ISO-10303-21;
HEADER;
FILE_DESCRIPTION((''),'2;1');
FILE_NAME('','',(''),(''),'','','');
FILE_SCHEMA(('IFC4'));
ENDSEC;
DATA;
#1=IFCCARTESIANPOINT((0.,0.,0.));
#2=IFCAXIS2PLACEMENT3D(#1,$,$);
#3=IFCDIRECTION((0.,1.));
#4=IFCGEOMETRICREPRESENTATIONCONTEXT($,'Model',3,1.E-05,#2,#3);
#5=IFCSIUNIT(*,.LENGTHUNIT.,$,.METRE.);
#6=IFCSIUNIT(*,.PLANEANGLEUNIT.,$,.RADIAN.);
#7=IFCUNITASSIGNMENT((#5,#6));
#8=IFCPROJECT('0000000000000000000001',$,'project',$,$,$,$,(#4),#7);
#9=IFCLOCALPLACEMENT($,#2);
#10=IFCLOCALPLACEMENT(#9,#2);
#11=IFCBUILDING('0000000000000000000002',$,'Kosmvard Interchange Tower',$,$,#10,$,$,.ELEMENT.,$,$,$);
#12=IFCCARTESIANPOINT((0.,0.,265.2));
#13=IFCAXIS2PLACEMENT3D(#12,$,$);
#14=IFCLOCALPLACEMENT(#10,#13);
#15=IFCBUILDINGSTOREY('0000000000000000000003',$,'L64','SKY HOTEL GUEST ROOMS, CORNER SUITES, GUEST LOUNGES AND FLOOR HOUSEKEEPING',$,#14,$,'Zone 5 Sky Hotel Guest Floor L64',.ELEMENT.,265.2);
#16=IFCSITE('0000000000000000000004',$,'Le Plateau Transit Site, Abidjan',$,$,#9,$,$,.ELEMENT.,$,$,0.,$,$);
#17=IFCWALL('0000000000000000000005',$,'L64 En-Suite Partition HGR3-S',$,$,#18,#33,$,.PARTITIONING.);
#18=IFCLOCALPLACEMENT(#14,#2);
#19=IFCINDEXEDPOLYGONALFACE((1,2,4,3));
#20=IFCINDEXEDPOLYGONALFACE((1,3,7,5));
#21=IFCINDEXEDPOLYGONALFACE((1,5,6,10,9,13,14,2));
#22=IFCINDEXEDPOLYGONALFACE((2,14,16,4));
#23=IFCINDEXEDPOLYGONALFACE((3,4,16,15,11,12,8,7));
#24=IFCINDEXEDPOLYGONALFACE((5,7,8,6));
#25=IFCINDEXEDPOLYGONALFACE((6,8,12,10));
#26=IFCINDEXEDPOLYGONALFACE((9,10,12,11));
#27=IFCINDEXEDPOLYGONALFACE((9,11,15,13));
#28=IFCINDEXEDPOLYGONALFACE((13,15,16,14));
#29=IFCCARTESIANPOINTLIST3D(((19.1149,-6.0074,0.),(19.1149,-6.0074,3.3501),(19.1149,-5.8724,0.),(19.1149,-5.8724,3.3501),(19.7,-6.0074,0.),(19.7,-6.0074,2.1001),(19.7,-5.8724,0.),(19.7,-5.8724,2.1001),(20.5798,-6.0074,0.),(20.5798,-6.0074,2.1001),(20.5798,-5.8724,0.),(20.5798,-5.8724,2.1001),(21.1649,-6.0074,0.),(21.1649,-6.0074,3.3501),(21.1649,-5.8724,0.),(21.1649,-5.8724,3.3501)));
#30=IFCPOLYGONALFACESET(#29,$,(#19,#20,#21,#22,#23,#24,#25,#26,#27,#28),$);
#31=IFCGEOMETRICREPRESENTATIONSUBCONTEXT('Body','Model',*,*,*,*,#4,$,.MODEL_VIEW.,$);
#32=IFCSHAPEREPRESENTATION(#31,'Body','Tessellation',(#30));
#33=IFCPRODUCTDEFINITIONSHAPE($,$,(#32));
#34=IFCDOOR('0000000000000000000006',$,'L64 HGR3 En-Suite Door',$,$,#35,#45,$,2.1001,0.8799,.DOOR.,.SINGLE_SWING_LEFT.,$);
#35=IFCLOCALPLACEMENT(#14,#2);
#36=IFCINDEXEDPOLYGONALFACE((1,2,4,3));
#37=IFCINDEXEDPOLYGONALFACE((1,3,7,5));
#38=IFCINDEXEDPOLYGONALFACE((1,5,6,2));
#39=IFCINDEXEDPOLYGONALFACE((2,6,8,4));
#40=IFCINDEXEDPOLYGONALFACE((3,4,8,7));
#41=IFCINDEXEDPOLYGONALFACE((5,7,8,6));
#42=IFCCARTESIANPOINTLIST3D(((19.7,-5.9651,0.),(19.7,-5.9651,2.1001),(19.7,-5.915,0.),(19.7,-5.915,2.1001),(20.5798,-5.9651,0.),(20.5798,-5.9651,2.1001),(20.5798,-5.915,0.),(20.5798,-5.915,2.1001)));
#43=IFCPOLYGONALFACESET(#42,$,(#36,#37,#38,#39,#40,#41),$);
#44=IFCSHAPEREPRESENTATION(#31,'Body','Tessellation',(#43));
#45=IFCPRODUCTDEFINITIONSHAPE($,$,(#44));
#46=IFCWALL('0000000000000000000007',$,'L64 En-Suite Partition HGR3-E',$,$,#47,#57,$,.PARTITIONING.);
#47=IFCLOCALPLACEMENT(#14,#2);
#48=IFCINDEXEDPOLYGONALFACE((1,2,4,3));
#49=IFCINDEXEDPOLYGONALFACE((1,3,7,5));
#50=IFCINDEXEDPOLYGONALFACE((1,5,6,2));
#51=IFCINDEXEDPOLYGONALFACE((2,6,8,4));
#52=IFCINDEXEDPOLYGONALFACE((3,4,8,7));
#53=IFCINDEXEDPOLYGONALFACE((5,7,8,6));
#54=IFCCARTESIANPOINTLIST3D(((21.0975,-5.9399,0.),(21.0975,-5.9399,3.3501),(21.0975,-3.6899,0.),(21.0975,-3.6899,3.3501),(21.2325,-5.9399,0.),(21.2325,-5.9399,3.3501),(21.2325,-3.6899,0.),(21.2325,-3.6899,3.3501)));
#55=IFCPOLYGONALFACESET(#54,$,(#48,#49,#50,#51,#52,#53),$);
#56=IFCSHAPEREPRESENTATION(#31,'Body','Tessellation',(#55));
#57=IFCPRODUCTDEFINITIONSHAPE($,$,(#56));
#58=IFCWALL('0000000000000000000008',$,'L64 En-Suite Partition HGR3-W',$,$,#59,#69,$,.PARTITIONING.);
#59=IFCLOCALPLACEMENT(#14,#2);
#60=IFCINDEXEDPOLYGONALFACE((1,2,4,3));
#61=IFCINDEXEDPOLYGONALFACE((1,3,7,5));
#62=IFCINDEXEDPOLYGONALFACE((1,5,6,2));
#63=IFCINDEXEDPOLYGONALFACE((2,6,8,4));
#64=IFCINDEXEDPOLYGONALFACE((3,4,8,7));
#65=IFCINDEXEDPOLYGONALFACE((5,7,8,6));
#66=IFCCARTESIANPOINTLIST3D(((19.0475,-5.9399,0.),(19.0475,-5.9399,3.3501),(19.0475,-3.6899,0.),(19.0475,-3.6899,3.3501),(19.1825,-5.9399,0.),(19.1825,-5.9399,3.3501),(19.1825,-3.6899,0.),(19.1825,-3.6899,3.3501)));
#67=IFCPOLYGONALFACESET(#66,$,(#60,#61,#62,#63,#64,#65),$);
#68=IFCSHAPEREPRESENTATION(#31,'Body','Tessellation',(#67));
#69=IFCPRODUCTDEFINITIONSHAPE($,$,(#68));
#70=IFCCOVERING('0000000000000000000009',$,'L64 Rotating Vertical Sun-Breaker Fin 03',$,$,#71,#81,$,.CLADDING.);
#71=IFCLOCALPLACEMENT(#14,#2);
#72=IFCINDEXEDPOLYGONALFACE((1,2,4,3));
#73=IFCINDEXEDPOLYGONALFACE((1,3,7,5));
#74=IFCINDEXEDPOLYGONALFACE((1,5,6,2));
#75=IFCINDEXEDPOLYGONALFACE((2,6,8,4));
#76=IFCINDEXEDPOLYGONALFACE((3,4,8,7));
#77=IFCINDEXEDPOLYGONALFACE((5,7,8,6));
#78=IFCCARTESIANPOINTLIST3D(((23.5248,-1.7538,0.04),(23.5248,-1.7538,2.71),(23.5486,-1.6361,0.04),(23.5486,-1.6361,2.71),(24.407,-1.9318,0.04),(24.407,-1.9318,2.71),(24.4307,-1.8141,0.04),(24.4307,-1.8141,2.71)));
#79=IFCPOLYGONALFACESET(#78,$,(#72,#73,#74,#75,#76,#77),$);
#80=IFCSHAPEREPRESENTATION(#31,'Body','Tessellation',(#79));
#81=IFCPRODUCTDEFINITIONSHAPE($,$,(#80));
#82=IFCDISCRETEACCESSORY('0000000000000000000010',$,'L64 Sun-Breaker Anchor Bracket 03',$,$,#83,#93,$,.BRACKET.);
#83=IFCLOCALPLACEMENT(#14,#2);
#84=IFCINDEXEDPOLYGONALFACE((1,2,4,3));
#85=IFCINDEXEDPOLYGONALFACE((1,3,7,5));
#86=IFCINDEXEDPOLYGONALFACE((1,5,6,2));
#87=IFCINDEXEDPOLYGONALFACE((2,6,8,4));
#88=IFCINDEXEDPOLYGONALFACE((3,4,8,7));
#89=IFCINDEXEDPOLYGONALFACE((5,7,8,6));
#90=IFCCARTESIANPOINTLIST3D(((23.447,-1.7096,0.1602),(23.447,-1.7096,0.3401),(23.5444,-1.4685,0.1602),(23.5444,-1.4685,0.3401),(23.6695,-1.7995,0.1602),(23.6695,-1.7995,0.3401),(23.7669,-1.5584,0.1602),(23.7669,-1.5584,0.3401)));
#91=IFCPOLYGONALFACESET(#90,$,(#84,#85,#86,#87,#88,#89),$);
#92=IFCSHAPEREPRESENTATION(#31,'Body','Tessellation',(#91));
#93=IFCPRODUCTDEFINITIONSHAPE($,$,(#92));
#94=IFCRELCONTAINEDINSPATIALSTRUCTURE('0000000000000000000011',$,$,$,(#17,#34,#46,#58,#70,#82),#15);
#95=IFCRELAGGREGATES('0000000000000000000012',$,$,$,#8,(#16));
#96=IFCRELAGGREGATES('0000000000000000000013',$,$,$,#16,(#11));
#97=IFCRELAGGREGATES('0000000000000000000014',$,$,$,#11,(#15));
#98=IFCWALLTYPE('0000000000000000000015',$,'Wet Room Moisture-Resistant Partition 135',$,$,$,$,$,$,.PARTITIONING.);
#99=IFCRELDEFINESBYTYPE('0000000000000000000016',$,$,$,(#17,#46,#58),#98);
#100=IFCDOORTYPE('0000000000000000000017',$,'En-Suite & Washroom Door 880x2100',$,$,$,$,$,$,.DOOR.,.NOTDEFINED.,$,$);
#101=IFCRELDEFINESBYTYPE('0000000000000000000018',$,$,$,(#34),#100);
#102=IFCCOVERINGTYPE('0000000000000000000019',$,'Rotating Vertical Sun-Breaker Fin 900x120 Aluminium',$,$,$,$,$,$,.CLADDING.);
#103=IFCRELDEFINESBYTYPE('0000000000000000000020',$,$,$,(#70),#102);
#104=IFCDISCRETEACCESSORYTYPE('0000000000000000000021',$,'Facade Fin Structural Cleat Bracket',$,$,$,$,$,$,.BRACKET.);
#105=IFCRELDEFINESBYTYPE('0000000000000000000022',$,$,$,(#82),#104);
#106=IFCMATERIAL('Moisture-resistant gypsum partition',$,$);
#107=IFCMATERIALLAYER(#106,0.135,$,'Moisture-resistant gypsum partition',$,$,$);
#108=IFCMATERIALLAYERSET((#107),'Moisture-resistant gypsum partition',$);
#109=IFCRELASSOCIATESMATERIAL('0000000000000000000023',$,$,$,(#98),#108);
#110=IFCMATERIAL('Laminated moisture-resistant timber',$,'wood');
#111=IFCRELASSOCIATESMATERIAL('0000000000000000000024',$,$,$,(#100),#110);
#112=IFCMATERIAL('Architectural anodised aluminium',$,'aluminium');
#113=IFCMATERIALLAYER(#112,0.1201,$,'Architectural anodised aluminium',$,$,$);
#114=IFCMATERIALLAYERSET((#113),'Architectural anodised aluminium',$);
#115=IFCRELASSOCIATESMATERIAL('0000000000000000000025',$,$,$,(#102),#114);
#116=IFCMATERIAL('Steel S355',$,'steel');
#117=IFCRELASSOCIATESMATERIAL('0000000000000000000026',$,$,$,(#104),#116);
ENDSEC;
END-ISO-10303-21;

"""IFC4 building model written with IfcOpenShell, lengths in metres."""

from ifc_helpers import new_model, si_unit, direction, frame, frame_2d, origin, origin_2d, place, context, subcontext, project, spatial, rectangle, extrude, source, transform, mapped, material, layer, layer_set, type_object, element, fill, save


model = new_model("IFC4")

# Units and contexts
model_context = context("Model", 3, precision=1e-05, world=origin(), true_north=direction((0.0, 1.0)))
body_context = subcontext(model_context, "Body", "Model", "MODEL_VIEW")
ifc_project = project(units=[si_unit("LENGTHUNIT", "METRE"), si_unit("PLANEANGLEUNIT", "RADIAN")], contexts=[model_context])

# Site, building, storey
site_placement = place(None, origin())
site = spatial("IfcSite", under=ifc_project, at=site_placement, Name="Le Plateau Transit Site, Abidjan", CompositionType="ELEMENT", RefElevation=0.0)
building_placement = place(site_placement, origin())
building = spatial("IfcBuilding", under=site, at=building_placement, Name="Kosmvard Interchange Tower", CompositionType="ELEMENT")
storey_placement = place(building_placement, frame((0.0, 0.0, 265.2)))
storey = spatial("IfcBuildingStorey", under=building, at=storey_placement, Name="L64", Description="SKY HOTEL GUEST ROOMS, CORNER SUITES, GUEST LOUNGES AND FLOOR HOUSEKEEPING", LongName="Zone 5 Sky Hotel Guest Floor L64", CompositionType="ELEMENT", Elevation=265.2)

# Shared definitions
ifc_material_1 = material(Name="Steel S355", Category="steel")

# Wall, opening, door
ifc_material_2 = material(Name="Moisture-resistant gypsum partition")
ifc_layer_1 = layer(ifc_material_2, 0.135, Name="Moisture-resistant gypsum partition")
ifc_layer_set_1 = layer_set([ifc_layer_1], Name="Moisture-resistant gypsum partition")
wall_type_1 = type_object("IfcWallType", Name="Wet Room Moisture-Resistant Partition 135", PredefinedType="PARTITIONING", material=ifc_layer_set_1)
ifc_material_3 = material(Name="Laminated moisture-resistant timber", Category="wood")
door_type_1 = type_object("IfcDoorType", Name="En-Suite & Washroom Door 880x2100", OperationType="NOTDEFINED", PredefinedType="DOOR", material=ifc_material_3)
shared_shape_1 = source(origin(), body_context, "Body", "SweptSolid", [
    extrude(rectangle(XDim=0.8799, YDim=2.1001, at=frame_2d((0.4399, 1.05))), frame((0.0, 0.0249, 0.0), z_axis=(0.0, -1.0, 0.0), x_axis=(1.0, 0.0, 0.0)), (0.0, 0.0, 1.0), 0.05),
])
wall_1_placement = place(storey_placement, frame((19.115, -5.9399, 0.0), z_axis=(0.0, 0.0, 1.0), x_axis=(1.0, 0.0, 0.0)))
wall_1 = element("IfcWall", 1, at=wall_1_placement, inside=storey, type_object=wall_type_1, Name="L64 En-Suite Partition HGR3-S", PredefinedType="PARTITIONING", context=body_context, shape_type="SweptSolid", body=[
    extrude(rectangle(XDim=2.05, YDim=0.135, at=frame_2d((1.0249, 0.0))), origin(), (0.0, 0.0, 1.0), 3.3501),
])
opening_1_placement = place(wall_1_placement, frame((0.585, 0.0, 0.0)))
opening_1 = element("IfcOpeningElement", 2, at=opening_1_placement, cuts=wall_1, PredefinedType="OPENING", context=body_context, shape_type="SweptSolid", body=[
    extrude(rectangle(XDim=0.8799, YDim=2.1001, at=frame_2d((0.4399, 1.05))), frame((0.0, 0.0776, 0.0), z_axis=(0.0, -1.0, 0.0), x_axis=(1.0, 0.0, 0.0)), (0.0, 0.0, 1.0), 0.155),
])
door_1_placement = place(opening_1_placement, origin())
door_1 = element("IfcDoor", 3, at=door_1_placement, inside=storey, type_object=door_type_1, Name="L64 HGR3 En-Suite Door", OperationType="SINGLE_SWING_LEFT", OverallHeight=2.1001, OverallWidth=0.8799, PredefinedType="DOOR", context=body_context, shape_type="MappedRepresentation", body=[
    mapped(shared_shape_1, transform((0.0, 0.0, 0.0), scale=1.0)),
])
fill(opening_1, door_1)

# Walls
for number, where, z_axis, x_axis, name in (
    (4, (21.165, -5.9399, 0.0), (0.0, 0.0, 1.0), (0.0, 1.0, 0.0), "L64 En-Suite Partition HGR3-E"),
    (5, (19.115, -5.9399, 0.0), (0.0, 0.0, 1.0), (0.0, 1.0, 0.0), "L64 En-Suite Partition HGR3-W"),
):
    element("IfcWall", number, at=place(storey_placement, frame(where, z_axis=z_axis, x_axis=x_axis)), inside=storey, type_object=wall_type_1, Name=name, PredefinedType="PARTITIONING", context=body_context, shape_type="SweptSolid", body=[
        extrude(rectangle(XDim=2.25, YDim=0.135, at=frame_2d((1.125, 0.0))), origin(), (0.0, 0.0, 1.0), 3.3501),
    ])

# Covering
ifc_material_4 = material(Name="Architectural anodised aluminium", Category="aluminium")
ifc_layer_2 = layer(ifc_material_4, 0.1201, Name="Architectural anodised aluminium")
ifc_layer_set_2 = layer_set([ifc_layer_2], Name="Architectural anodised aluminium")
covering_type = type_object("IfcCoveringType", Name="Rotating Vertical Sun-Breaker Fin 900x120 Aluminium", PredefinedType="CLADDING", material=ifc_layer_set_2)
shared_shape_2 = source(origin(), body_context, "Body", "SweptSolid", [
    extrude(rectangle(XDim=0.8999, YDim=0.1201, at=origin_2d()), origin(), (0.0, 0.0, 1.0), 2.6699),
])
covering_placement = place(storey_placement, frame((23.9778, -1.7839, 0.04), z_axis=(0.0, 0.0, 1.0), x_axis=(0.980237, -0.197828, 0.0)))
element("IfcCovering", 6, at=covering_placement, inside=storey, type_object=covering_type, Name="L64 Rotating Vertical Sun-Breaker Fin 03", PredefinedType="CLADDING", context=body_context, shape_type="MappedRepresentation", body=[
    mapped(shared_shape_2, transform((0.0, 0.0, 0.0), scale=1.0)),
])

# Discrete accessory
discrete_accessory_type = type_object("IfcDiscreteAccessoryType", Name="Facade Fin Structural Cleat Bracket", PredefinedType="BRACKET", material=ifc_material_1)
shared_shape_3 = source(origin(), body_context, "Body", "SweptSolid", [
    extrude(rectangle(XDim=0.24, YDim=0.26, at=origin_2d()), origin(), (0.0, 0.0, 1.0), 0.1799),
])
discrete_accessory_placement = place(storey_placement, frame((23.6069, -1.634, 0.1602), z_axis=(0.0, 0.0, 1.0), x_axis=(0.927184, -0.374607, 0.0)))
element("IfcDiscreteAccessory", 7, at=discrete_accessory_placement, inside=storey, type_object=discrete_accessory_type, Name="L64 Sun-Breaker Anchor Bracket 03", PredefinedType="BRACKET", context=body_context, shape_type="MappedRepresentation", body=[
    mapped(shared_shape_3, transform((0.0, 0.0, 0.0), scale=1.0)),
])

save(model, "model.ifc")
